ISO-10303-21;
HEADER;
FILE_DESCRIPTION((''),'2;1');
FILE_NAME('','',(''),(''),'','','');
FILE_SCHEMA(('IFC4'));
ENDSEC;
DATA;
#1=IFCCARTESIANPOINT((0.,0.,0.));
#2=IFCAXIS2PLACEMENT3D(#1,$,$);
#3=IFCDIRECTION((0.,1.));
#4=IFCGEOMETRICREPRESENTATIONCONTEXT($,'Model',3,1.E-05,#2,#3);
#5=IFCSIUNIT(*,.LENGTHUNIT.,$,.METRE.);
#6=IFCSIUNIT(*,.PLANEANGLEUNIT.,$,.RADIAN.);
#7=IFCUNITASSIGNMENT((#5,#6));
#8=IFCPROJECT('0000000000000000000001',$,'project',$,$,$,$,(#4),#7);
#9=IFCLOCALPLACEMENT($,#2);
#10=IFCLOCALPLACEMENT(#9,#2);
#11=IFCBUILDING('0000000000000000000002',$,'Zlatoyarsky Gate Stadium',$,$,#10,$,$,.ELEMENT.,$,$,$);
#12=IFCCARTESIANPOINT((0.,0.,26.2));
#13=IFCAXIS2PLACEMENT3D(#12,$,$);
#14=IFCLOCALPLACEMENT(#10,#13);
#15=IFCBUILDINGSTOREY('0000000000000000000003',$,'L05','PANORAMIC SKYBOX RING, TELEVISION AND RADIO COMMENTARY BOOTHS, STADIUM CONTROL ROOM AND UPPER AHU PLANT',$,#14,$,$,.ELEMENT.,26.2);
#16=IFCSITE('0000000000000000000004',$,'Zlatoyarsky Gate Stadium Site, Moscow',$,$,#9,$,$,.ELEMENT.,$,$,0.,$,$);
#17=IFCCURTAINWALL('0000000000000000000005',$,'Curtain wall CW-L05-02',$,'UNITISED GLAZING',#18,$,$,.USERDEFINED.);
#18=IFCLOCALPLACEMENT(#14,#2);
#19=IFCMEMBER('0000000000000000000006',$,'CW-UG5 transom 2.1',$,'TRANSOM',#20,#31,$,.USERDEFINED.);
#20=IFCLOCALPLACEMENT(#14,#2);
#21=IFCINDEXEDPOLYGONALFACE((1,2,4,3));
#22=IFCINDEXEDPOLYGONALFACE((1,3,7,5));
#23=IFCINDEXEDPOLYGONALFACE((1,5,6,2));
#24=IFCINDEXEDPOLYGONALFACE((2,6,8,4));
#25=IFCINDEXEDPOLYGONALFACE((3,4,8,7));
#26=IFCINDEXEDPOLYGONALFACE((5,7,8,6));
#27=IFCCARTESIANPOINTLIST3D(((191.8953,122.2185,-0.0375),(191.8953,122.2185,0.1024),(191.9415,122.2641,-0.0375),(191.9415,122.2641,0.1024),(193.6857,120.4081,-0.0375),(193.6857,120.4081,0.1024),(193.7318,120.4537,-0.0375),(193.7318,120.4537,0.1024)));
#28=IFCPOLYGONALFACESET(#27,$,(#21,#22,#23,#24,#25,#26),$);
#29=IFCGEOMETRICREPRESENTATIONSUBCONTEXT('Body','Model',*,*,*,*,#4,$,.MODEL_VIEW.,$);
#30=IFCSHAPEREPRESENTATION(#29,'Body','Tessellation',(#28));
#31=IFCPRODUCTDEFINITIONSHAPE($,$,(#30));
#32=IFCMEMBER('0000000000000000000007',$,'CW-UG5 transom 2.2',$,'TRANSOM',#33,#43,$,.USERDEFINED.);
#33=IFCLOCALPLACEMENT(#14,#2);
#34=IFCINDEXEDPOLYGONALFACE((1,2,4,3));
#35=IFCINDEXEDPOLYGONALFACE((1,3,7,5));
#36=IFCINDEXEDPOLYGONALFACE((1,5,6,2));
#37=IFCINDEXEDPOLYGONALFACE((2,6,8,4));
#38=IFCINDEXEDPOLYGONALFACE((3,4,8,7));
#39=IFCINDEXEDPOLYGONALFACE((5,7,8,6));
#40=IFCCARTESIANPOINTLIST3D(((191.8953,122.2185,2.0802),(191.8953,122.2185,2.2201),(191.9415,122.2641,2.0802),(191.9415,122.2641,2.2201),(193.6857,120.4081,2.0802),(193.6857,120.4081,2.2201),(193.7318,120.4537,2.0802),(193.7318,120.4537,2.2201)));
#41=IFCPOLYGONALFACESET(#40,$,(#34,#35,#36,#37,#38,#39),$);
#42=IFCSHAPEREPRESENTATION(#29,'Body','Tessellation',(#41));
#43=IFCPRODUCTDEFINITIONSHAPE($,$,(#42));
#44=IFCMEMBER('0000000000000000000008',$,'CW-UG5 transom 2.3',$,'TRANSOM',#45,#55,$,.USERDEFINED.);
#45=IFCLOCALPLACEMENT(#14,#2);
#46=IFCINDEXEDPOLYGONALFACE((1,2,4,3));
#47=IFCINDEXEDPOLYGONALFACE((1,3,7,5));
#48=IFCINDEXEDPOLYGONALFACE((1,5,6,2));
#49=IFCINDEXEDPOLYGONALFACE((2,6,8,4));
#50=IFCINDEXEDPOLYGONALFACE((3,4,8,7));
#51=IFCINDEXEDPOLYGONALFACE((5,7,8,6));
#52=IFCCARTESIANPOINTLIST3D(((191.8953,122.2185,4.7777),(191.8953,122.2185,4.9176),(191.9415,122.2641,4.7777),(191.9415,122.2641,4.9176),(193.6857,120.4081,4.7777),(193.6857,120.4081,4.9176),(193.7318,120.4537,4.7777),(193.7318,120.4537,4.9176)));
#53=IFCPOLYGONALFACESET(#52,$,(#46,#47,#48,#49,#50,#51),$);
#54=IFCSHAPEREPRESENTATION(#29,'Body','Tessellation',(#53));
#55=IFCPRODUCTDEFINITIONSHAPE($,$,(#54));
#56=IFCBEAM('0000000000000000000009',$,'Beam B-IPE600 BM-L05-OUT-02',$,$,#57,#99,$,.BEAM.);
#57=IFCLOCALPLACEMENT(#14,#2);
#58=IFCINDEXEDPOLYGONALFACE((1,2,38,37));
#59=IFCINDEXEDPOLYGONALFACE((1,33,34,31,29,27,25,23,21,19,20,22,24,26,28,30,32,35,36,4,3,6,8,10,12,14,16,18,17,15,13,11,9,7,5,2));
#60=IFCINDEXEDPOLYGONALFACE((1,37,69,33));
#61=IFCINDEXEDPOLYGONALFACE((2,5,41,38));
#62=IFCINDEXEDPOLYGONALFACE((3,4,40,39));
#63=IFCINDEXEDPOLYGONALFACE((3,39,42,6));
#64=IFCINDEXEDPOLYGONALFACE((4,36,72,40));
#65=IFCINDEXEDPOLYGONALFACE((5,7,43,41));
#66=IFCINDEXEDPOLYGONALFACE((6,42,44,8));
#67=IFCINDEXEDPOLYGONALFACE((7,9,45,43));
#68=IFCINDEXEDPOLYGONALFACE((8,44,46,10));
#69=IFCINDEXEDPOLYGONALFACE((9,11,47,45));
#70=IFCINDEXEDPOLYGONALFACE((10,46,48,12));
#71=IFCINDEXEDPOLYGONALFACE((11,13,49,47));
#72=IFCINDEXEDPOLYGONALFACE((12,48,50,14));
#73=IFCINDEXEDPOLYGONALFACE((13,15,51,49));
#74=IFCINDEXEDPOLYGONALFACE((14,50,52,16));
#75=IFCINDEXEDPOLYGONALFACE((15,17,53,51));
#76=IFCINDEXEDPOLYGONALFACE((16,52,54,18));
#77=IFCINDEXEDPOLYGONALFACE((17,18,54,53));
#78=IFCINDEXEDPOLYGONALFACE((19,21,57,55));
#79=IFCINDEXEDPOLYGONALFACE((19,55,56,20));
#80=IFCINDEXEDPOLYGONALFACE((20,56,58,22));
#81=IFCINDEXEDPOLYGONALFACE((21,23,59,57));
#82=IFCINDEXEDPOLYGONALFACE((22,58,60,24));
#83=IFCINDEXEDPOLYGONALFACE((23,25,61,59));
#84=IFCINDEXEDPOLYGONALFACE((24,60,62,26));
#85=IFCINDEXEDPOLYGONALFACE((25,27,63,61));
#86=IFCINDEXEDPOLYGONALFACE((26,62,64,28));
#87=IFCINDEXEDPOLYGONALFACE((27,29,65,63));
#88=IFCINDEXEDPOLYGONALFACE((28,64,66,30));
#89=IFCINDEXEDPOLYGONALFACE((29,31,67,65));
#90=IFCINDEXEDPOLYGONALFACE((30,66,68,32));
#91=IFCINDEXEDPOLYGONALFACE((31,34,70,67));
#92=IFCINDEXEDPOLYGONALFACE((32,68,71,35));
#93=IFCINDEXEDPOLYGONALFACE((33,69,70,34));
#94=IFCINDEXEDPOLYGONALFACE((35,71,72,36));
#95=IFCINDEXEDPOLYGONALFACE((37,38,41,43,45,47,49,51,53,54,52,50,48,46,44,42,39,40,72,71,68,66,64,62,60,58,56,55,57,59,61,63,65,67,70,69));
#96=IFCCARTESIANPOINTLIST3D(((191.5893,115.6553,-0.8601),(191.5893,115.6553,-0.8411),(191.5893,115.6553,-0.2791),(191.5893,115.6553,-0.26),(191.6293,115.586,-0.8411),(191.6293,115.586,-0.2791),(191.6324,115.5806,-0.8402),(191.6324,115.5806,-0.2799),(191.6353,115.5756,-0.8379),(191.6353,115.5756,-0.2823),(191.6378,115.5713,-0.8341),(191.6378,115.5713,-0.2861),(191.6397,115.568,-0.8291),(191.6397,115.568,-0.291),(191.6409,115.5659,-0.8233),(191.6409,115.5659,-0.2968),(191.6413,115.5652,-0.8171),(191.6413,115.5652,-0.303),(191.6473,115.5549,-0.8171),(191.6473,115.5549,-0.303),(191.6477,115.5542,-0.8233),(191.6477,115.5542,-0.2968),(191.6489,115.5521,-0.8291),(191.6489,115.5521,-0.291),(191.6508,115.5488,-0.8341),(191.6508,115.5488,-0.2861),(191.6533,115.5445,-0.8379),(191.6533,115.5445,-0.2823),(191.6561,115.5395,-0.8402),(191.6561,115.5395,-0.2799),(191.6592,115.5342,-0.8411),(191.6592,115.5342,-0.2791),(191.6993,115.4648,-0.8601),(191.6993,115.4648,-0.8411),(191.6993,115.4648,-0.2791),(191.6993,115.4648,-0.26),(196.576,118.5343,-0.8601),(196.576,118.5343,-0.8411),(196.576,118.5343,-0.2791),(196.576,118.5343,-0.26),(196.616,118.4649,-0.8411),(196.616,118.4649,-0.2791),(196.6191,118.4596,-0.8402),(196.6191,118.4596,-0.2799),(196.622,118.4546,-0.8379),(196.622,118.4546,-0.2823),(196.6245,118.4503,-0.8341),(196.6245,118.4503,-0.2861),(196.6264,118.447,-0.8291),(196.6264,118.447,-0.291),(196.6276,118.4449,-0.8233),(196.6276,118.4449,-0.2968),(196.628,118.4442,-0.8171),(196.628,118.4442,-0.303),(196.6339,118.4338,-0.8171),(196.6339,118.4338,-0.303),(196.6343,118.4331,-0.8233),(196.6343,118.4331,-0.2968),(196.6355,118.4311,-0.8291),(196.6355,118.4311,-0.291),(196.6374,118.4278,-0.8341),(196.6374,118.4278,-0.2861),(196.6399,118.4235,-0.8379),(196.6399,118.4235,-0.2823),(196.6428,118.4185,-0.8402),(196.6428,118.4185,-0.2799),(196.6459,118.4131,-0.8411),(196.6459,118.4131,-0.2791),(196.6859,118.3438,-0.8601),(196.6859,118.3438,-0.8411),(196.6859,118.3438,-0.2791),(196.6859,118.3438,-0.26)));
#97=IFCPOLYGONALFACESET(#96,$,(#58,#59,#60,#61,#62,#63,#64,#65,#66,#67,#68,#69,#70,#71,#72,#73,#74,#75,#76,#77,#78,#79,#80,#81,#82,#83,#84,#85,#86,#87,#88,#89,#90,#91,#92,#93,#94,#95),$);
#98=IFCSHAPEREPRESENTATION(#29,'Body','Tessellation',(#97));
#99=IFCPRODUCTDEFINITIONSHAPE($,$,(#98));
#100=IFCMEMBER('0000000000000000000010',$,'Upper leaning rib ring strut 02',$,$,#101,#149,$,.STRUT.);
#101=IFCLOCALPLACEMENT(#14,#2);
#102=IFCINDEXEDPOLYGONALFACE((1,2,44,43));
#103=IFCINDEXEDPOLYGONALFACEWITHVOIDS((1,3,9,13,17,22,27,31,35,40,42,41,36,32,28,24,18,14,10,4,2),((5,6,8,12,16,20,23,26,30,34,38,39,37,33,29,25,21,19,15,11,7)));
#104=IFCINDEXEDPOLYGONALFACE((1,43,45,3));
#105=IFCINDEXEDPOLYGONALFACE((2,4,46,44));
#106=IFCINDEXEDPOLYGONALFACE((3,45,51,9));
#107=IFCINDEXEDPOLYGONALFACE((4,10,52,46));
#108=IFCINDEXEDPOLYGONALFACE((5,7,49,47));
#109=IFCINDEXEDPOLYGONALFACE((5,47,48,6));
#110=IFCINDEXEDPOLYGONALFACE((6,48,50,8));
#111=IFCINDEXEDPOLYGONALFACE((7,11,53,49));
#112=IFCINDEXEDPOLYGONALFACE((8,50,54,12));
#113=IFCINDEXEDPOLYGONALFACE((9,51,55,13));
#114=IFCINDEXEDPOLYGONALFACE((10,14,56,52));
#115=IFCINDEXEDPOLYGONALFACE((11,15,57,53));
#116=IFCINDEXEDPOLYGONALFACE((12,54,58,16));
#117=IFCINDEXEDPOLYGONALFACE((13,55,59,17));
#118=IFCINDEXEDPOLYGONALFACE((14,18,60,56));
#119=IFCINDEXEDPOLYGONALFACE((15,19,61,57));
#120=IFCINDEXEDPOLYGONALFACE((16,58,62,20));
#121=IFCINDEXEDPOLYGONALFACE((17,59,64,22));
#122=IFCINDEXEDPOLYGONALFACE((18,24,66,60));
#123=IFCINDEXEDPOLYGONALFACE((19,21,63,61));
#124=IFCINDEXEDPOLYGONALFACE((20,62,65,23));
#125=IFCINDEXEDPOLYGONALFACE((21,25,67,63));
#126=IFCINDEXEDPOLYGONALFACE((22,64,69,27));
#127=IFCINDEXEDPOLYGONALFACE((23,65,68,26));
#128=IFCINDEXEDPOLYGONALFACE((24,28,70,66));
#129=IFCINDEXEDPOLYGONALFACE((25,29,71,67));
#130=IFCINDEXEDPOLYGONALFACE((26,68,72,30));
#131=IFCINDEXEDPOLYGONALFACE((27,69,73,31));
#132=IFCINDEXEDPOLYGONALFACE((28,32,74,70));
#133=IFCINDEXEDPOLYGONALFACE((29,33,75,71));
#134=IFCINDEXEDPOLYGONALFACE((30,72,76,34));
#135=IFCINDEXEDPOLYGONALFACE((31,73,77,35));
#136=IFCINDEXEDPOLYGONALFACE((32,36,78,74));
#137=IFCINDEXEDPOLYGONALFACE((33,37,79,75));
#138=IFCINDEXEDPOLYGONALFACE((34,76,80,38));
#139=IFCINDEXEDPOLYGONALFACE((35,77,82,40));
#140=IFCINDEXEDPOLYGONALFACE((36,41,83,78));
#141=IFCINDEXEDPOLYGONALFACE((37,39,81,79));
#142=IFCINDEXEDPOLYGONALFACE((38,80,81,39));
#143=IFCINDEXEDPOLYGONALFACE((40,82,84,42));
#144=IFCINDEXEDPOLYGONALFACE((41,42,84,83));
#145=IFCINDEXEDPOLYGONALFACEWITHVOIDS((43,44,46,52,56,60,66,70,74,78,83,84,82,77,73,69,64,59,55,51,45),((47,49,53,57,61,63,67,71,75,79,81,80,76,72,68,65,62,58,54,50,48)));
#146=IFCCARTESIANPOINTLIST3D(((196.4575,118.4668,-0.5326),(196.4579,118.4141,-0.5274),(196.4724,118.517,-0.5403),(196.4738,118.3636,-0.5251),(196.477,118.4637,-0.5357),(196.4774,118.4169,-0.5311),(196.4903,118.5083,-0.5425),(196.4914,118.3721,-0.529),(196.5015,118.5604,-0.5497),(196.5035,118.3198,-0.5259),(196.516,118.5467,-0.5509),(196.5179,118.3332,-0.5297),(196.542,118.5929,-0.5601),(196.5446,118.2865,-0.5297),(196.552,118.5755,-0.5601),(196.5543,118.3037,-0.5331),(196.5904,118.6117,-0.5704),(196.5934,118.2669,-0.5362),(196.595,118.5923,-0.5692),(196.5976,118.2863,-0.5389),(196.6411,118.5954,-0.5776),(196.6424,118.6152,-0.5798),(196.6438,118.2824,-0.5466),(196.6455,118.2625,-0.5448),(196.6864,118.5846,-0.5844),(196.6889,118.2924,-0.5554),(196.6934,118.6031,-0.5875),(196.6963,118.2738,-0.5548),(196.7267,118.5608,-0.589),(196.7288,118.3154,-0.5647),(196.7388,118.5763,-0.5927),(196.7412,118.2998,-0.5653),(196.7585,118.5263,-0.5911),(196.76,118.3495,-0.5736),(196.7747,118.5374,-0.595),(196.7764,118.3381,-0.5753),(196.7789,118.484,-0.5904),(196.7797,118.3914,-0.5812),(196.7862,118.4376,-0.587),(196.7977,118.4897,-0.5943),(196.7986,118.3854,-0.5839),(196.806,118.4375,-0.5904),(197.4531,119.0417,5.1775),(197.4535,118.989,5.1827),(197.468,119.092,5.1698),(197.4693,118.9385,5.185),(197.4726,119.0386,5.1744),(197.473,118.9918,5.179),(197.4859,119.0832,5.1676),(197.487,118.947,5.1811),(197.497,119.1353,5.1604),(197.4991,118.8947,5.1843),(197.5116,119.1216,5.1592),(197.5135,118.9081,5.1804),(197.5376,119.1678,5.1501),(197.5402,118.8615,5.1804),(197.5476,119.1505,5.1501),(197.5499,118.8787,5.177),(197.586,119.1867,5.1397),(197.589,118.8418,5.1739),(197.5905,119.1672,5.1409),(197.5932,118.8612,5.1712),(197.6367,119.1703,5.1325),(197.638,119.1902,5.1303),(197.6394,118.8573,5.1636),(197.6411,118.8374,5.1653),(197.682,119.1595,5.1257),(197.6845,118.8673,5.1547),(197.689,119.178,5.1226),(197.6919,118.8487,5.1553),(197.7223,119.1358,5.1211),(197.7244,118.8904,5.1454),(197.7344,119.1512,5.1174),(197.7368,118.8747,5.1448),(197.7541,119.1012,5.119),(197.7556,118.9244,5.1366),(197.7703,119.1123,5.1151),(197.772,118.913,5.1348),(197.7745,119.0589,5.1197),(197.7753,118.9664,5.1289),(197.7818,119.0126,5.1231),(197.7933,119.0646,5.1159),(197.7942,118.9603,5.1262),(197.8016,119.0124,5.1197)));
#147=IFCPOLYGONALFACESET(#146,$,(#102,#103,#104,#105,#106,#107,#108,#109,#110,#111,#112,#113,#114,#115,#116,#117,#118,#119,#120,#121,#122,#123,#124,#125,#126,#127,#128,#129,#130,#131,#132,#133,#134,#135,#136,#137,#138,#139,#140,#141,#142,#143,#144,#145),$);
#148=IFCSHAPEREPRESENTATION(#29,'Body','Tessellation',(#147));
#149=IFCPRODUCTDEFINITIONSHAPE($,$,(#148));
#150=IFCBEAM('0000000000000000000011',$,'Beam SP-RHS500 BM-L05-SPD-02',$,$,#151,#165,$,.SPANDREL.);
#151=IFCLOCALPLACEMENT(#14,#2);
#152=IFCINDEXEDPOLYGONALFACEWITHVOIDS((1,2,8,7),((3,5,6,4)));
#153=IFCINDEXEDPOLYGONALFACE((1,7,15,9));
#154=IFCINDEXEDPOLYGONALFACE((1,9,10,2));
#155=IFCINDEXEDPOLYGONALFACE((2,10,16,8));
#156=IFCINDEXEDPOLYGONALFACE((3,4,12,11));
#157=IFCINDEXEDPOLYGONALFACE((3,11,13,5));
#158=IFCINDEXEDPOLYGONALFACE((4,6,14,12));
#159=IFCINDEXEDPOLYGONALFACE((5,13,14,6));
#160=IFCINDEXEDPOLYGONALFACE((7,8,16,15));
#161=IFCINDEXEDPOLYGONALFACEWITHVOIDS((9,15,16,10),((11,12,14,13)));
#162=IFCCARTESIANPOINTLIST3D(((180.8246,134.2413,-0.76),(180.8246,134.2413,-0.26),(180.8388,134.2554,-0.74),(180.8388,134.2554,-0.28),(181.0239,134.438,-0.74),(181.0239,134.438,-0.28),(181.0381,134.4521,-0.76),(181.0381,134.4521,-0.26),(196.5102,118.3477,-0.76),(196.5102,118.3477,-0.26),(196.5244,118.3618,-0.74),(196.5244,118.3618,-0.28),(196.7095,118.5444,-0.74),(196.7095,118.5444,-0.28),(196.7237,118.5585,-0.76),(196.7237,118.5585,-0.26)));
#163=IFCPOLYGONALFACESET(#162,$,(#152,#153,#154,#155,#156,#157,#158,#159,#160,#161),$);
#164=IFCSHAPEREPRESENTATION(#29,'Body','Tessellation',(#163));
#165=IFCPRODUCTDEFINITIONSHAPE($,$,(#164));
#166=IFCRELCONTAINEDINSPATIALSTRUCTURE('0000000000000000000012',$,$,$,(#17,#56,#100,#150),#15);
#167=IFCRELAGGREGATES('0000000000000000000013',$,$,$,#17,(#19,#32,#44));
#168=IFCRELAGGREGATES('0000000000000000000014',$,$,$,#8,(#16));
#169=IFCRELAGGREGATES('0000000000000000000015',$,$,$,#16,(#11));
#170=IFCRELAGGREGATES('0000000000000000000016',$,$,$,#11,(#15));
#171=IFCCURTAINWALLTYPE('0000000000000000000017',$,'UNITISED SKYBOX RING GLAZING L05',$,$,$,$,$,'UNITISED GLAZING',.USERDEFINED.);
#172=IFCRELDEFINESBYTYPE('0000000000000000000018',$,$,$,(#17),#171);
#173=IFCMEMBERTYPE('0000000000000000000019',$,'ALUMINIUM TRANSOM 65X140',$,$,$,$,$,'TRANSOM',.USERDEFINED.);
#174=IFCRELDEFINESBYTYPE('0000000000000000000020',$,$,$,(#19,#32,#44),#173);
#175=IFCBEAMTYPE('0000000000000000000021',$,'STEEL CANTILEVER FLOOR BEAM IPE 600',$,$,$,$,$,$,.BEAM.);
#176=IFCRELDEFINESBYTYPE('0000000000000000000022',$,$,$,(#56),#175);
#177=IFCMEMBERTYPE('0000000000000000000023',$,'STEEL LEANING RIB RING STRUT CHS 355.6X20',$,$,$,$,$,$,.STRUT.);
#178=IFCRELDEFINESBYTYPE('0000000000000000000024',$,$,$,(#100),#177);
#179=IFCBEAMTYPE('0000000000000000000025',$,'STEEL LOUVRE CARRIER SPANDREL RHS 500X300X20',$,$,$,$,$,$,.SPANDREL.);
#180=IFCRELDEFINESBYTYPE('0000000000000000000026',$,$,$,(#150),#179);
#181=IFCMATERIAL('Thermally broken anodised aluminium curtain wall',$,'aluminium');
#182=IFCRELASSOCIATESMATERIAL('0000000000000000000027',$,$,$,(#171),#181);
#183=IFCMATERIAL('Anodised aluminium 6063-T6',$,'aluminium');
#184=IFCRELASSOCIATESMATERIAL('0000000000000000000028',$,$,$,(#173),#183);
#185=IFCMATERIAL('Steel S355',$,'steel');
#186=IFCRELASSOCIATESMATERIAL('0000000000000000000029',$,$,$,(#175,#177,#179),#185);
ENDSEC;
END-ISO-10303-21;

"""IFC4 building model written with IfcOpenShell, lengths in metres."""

from ifc_helpers import new_model, si_unit, direction, frame, origin, origin_2d, place, context, subcontext, project, spatial, rectangle, hollow_rectangle, hollow_circle, i_section, extrude, material, material_profile, profile_set, type_object, element, aggregate, save


model = new_model("IFC4")

# Units and contexts
model_context = context("Model", 3, precision=1e-05, world=origin(), true_north=direction((0.0, 1.0)))
body_context = subcontext(model_context, "Body", "Model", "MODEL_VIEW")
ifc_project = project(units=[si_unit("LENGTHUNIT", "METRE"), si_unit("PLANEANGLEUNIT", "RADIAN")], contexts=[model_context])

# Site, building, storey
site_placement = place(None, origin())
site = spatial("IfcSite", under=ifc_project, at=site_placement, Name="Zlatoyarsky Gate Stadium Site, Moscow", CompositionType="ELEMENT", RefElevation=0.0)
building_placement = place(site_placement, origin())
building = spatial("IfcBuilding", under=site, at=building_placement, Name="Zlatoyarsky Gate Stadium", CompositionType="ELEMENT")
storey_placement = place(building_placement, frame((0.0, 0.0, 26.2)))
storey = spatial("IfcBuildingStorey", under=building, at=storey_placement, Name="L05", Description="PANORAMIC SKYBOX RING, TELEVISION AND RADIO COMMENTARY BOOTHS, STADIUM CONTROL ROOM AND UPPER AHU PLANT", CompositionType="ELEMENT", Elevation=26.2)

# Shared definitions
ifc_material_1 = material(Name="Steel S355", Category="steel")

# Curtain wall
ifc_material_2 = material(Name="Thermally broken anodised aluminium curtain wall", Category="aluminium")
curtain_wall_type = type_object("IfcCurtainWallType", Name="UNITISED SKYBOX RING GLAZING L05", ElementType="UNITISED GLAZING", PredefinedType="USERDEFINED", material=ifc_material_2)
ifc_material_3 = material(Name="Anodised aluminium 6063-T6", Category="aluminium")
curtain_wall_1_placement = place(storey_placement, origin())
curtain_wall_1 = element("IfcCurtainWall", 1, at=curtain_wall_1_placement, inside=storey, type_object=curtain_wall_type, Name="Curtain wall CW-L05-02", ObjectType="UNITISED GLAZING", PredefinedType="USERDEFINED")

# Members
ifc_material_profile_1 = material_profile(ifc_material_3, rectangle(XDim=0.0649, YDim=0.1399, at=origin_2d()), Name="ALU 65X140")
ifc_profile_set_1 = profile_set([ifc_material_profile_1], Name="Anodised aluminium 6063-T6")
member_type_1 = type_object("IfcMemberType", Name="ALUMINIUM TRANSOM 65X140", ElementType="TRANSOM", PredefinedType="USERDEFINED", material=ifc_profile_set_1)
member_1_placement = place(storey_placement, frame((193.7087, 120.4309, 0.0325), z_axis=(-0.703164, 0.711027, 0.0), x_axis=(-0.711027, -0.703164, 0.0)))
member_1 = element("IfcMember", 2, at=member_1_placement, type_object=member_type_1, Name="CW-UG5 transom 2.1", ObjectType="TRANSOM", PredefinedType="USERDEFINED", context=body_context, shape_type="SweptSolid", body=[
    extrude(rectangle(XDim=0.0649, YDim=0.1399, at=origin_2d()), origin(), (0.0, 0.0, 1.0), 2.5461),
])
member_2_placement = place(storey_placement, frame((193.7087, 120.4309, 2.1501), z_axis=(-0.703164, 0.711027, 0.0), x_axis=(-0.711027, -0.703164, 0.0)))
member_2 = element("IfcMember", 3, at=member_2_placement, type_object=member_type_1, Name="CW-UG5 transom 2.2", ObjectType="TRANSOM", PredefinedType="USERDEFINED", context=body_context, shape_type="SweptSolid", body=[
    extrude(rectangle(XDim=0.0649, YDim=0.1399, at=origin_2d()), origin(), (0.0, 0.0, 1.0), 2.5461),
])
member_3_placement = place(storey_placement, frame((193.7087, 120.4309, 4.8477), z_axis=(-0.703164, 0.711027, 0.0), x_axis=(-0.711027, -0.703164, 0.0)))
member_3 = element("IfcMember", 4, at=member_3_placement, type_object=member_type_1, Name="CW-UG5 transom 2.3", ObjectType="TRANSOM", PredefinedType="USERDEFINED", context=body_context, shape_type="SweptSolid", body=[
    extrude(rectangle(XDim=0.0649, YDim=0.1399, at=origin_2d()), origin(), (0.0, 0.0, 1.0), 2.5461),
])

# Beam
ifc_material_profile_2 = material_profile(ifc_material_1, i_section(OverallWidth=0.22, OverallDepth=0.6001, WebThickness=0.012, FlangeThickness=0.019, FilletRadius=0.0239, at=origin_2d()), Name="IPE 600")
ifc_profile_set_2 = profile_set([ifc_material_profile_2], Name="Steel S355")
beam_type_1 = type_object("IfcBeamType", Name="STEEL CANTILEVER FLOOR BEAM IPE 600", PredefinedType="BEAM", material=ifc_profile_set_2)
beam_1_placement = place(storey_placement, frame((191.6443, 115.5601, -0.5601), z_axis=(0.866032, 0.499988, 0.0), x_axis=(-0.499988, 0.866032, 0.0)))
element("IfcBeam", 5, at=beam_1_placement, inside=storey, type_object=beam_type_1, Name="Beam B-IPE600 BM-L05-OUT-02", PredefinedType="BEAM", context=body_context, shape_type="SweptSolid", body=[
    extrude(i_section(OverallWidth=0.22, OverallDepth=0.6001, WebThickness=0.012, FlangeThickness=0.019, FilletRadius=0.0239, at=origin_2d()), origin(), (0.0, 0.0, 1.0), 5.7581),
])

# Member
ifc_material_profile_3 = material_profile(ifc_material_1, hollow_circle(Radius=0.1777, WallThickness=0.02, at=origin_2d()), Name="CHS 355.6X20")
ifc_profile_set_3 = profile_set([ifc_material_profile_3], Name="Steel S355")
member_type_2 = type_object("IfcMemberType", Name="STEEL LEANING RIB RING STRUT CHS 355.6X20", PredefinedType="STRUT", material=ifc_profile_set_3)
member_4_placement = place(storey_placement, frame((196.6309, 118.439, -0.5601), z_axis=(0.170925, 0.098708, 0.980327), x_axis=(-0.50009, 0.865973, 0.0)))
element("IfcMember", 6, at=member_4_placement, inside=storey, type_object=member_type_2, Name="Upper leaning rib ring strut 02", PredefinedType="STRUT", context=body_context, shape_type="SweptSolid", body=[
    extrude(hollow_circle(Radius=0.1777, WallThickness=0.02, at=origin_2d()), origin(), (0.0, 0.0, 1.0), 5.8247),
])

# Beam
ifc_material_profile_4 = material_profile(ifc_material_1, hollow_rectangle(XDim=0.3, YDim=0.5, WallThickness=0.02, at=origin_2d()), Name="RHS 500X300X20")
ifc_profile_set_4 = profile_set([ifc_material_profile_4], Name="Steel S355")
beam_type_2 = type_object("IfcBeamType", Name="STEEL LOUVRE CARRIER SPANDREL RHS 500X300X20", PredefinedType="SPANDREL", material=ifc_profile_set_4)
beam_2_placement = place(storey_placement, frame((196.6169, 118.4531, -0.51), z_axis=(-0.702434, 0.711749, 0.0), x_axis=(-0.711749, -0.702434, 0.0)))
element("IfcBeam", 7, at=beam_2_placement, inside=storey, type_object=beam_type_2, Name="Beam SP-RHS500 BM-L05-SPD-02", PredefinedType="SPANDREL", context=body_context, shape_type="SweptSolid", body=[
    extrude(hollow_rectangle(XDim=0.3, YDim=0.5, WallThickness=0.02, at=origin_2d()), origin(), (0.0, 0.0, 1.0), 22.3303),
])

aggregate(curtain_wall_1, [member_1, member_2, member_3])

save(model, "model.ifc")
